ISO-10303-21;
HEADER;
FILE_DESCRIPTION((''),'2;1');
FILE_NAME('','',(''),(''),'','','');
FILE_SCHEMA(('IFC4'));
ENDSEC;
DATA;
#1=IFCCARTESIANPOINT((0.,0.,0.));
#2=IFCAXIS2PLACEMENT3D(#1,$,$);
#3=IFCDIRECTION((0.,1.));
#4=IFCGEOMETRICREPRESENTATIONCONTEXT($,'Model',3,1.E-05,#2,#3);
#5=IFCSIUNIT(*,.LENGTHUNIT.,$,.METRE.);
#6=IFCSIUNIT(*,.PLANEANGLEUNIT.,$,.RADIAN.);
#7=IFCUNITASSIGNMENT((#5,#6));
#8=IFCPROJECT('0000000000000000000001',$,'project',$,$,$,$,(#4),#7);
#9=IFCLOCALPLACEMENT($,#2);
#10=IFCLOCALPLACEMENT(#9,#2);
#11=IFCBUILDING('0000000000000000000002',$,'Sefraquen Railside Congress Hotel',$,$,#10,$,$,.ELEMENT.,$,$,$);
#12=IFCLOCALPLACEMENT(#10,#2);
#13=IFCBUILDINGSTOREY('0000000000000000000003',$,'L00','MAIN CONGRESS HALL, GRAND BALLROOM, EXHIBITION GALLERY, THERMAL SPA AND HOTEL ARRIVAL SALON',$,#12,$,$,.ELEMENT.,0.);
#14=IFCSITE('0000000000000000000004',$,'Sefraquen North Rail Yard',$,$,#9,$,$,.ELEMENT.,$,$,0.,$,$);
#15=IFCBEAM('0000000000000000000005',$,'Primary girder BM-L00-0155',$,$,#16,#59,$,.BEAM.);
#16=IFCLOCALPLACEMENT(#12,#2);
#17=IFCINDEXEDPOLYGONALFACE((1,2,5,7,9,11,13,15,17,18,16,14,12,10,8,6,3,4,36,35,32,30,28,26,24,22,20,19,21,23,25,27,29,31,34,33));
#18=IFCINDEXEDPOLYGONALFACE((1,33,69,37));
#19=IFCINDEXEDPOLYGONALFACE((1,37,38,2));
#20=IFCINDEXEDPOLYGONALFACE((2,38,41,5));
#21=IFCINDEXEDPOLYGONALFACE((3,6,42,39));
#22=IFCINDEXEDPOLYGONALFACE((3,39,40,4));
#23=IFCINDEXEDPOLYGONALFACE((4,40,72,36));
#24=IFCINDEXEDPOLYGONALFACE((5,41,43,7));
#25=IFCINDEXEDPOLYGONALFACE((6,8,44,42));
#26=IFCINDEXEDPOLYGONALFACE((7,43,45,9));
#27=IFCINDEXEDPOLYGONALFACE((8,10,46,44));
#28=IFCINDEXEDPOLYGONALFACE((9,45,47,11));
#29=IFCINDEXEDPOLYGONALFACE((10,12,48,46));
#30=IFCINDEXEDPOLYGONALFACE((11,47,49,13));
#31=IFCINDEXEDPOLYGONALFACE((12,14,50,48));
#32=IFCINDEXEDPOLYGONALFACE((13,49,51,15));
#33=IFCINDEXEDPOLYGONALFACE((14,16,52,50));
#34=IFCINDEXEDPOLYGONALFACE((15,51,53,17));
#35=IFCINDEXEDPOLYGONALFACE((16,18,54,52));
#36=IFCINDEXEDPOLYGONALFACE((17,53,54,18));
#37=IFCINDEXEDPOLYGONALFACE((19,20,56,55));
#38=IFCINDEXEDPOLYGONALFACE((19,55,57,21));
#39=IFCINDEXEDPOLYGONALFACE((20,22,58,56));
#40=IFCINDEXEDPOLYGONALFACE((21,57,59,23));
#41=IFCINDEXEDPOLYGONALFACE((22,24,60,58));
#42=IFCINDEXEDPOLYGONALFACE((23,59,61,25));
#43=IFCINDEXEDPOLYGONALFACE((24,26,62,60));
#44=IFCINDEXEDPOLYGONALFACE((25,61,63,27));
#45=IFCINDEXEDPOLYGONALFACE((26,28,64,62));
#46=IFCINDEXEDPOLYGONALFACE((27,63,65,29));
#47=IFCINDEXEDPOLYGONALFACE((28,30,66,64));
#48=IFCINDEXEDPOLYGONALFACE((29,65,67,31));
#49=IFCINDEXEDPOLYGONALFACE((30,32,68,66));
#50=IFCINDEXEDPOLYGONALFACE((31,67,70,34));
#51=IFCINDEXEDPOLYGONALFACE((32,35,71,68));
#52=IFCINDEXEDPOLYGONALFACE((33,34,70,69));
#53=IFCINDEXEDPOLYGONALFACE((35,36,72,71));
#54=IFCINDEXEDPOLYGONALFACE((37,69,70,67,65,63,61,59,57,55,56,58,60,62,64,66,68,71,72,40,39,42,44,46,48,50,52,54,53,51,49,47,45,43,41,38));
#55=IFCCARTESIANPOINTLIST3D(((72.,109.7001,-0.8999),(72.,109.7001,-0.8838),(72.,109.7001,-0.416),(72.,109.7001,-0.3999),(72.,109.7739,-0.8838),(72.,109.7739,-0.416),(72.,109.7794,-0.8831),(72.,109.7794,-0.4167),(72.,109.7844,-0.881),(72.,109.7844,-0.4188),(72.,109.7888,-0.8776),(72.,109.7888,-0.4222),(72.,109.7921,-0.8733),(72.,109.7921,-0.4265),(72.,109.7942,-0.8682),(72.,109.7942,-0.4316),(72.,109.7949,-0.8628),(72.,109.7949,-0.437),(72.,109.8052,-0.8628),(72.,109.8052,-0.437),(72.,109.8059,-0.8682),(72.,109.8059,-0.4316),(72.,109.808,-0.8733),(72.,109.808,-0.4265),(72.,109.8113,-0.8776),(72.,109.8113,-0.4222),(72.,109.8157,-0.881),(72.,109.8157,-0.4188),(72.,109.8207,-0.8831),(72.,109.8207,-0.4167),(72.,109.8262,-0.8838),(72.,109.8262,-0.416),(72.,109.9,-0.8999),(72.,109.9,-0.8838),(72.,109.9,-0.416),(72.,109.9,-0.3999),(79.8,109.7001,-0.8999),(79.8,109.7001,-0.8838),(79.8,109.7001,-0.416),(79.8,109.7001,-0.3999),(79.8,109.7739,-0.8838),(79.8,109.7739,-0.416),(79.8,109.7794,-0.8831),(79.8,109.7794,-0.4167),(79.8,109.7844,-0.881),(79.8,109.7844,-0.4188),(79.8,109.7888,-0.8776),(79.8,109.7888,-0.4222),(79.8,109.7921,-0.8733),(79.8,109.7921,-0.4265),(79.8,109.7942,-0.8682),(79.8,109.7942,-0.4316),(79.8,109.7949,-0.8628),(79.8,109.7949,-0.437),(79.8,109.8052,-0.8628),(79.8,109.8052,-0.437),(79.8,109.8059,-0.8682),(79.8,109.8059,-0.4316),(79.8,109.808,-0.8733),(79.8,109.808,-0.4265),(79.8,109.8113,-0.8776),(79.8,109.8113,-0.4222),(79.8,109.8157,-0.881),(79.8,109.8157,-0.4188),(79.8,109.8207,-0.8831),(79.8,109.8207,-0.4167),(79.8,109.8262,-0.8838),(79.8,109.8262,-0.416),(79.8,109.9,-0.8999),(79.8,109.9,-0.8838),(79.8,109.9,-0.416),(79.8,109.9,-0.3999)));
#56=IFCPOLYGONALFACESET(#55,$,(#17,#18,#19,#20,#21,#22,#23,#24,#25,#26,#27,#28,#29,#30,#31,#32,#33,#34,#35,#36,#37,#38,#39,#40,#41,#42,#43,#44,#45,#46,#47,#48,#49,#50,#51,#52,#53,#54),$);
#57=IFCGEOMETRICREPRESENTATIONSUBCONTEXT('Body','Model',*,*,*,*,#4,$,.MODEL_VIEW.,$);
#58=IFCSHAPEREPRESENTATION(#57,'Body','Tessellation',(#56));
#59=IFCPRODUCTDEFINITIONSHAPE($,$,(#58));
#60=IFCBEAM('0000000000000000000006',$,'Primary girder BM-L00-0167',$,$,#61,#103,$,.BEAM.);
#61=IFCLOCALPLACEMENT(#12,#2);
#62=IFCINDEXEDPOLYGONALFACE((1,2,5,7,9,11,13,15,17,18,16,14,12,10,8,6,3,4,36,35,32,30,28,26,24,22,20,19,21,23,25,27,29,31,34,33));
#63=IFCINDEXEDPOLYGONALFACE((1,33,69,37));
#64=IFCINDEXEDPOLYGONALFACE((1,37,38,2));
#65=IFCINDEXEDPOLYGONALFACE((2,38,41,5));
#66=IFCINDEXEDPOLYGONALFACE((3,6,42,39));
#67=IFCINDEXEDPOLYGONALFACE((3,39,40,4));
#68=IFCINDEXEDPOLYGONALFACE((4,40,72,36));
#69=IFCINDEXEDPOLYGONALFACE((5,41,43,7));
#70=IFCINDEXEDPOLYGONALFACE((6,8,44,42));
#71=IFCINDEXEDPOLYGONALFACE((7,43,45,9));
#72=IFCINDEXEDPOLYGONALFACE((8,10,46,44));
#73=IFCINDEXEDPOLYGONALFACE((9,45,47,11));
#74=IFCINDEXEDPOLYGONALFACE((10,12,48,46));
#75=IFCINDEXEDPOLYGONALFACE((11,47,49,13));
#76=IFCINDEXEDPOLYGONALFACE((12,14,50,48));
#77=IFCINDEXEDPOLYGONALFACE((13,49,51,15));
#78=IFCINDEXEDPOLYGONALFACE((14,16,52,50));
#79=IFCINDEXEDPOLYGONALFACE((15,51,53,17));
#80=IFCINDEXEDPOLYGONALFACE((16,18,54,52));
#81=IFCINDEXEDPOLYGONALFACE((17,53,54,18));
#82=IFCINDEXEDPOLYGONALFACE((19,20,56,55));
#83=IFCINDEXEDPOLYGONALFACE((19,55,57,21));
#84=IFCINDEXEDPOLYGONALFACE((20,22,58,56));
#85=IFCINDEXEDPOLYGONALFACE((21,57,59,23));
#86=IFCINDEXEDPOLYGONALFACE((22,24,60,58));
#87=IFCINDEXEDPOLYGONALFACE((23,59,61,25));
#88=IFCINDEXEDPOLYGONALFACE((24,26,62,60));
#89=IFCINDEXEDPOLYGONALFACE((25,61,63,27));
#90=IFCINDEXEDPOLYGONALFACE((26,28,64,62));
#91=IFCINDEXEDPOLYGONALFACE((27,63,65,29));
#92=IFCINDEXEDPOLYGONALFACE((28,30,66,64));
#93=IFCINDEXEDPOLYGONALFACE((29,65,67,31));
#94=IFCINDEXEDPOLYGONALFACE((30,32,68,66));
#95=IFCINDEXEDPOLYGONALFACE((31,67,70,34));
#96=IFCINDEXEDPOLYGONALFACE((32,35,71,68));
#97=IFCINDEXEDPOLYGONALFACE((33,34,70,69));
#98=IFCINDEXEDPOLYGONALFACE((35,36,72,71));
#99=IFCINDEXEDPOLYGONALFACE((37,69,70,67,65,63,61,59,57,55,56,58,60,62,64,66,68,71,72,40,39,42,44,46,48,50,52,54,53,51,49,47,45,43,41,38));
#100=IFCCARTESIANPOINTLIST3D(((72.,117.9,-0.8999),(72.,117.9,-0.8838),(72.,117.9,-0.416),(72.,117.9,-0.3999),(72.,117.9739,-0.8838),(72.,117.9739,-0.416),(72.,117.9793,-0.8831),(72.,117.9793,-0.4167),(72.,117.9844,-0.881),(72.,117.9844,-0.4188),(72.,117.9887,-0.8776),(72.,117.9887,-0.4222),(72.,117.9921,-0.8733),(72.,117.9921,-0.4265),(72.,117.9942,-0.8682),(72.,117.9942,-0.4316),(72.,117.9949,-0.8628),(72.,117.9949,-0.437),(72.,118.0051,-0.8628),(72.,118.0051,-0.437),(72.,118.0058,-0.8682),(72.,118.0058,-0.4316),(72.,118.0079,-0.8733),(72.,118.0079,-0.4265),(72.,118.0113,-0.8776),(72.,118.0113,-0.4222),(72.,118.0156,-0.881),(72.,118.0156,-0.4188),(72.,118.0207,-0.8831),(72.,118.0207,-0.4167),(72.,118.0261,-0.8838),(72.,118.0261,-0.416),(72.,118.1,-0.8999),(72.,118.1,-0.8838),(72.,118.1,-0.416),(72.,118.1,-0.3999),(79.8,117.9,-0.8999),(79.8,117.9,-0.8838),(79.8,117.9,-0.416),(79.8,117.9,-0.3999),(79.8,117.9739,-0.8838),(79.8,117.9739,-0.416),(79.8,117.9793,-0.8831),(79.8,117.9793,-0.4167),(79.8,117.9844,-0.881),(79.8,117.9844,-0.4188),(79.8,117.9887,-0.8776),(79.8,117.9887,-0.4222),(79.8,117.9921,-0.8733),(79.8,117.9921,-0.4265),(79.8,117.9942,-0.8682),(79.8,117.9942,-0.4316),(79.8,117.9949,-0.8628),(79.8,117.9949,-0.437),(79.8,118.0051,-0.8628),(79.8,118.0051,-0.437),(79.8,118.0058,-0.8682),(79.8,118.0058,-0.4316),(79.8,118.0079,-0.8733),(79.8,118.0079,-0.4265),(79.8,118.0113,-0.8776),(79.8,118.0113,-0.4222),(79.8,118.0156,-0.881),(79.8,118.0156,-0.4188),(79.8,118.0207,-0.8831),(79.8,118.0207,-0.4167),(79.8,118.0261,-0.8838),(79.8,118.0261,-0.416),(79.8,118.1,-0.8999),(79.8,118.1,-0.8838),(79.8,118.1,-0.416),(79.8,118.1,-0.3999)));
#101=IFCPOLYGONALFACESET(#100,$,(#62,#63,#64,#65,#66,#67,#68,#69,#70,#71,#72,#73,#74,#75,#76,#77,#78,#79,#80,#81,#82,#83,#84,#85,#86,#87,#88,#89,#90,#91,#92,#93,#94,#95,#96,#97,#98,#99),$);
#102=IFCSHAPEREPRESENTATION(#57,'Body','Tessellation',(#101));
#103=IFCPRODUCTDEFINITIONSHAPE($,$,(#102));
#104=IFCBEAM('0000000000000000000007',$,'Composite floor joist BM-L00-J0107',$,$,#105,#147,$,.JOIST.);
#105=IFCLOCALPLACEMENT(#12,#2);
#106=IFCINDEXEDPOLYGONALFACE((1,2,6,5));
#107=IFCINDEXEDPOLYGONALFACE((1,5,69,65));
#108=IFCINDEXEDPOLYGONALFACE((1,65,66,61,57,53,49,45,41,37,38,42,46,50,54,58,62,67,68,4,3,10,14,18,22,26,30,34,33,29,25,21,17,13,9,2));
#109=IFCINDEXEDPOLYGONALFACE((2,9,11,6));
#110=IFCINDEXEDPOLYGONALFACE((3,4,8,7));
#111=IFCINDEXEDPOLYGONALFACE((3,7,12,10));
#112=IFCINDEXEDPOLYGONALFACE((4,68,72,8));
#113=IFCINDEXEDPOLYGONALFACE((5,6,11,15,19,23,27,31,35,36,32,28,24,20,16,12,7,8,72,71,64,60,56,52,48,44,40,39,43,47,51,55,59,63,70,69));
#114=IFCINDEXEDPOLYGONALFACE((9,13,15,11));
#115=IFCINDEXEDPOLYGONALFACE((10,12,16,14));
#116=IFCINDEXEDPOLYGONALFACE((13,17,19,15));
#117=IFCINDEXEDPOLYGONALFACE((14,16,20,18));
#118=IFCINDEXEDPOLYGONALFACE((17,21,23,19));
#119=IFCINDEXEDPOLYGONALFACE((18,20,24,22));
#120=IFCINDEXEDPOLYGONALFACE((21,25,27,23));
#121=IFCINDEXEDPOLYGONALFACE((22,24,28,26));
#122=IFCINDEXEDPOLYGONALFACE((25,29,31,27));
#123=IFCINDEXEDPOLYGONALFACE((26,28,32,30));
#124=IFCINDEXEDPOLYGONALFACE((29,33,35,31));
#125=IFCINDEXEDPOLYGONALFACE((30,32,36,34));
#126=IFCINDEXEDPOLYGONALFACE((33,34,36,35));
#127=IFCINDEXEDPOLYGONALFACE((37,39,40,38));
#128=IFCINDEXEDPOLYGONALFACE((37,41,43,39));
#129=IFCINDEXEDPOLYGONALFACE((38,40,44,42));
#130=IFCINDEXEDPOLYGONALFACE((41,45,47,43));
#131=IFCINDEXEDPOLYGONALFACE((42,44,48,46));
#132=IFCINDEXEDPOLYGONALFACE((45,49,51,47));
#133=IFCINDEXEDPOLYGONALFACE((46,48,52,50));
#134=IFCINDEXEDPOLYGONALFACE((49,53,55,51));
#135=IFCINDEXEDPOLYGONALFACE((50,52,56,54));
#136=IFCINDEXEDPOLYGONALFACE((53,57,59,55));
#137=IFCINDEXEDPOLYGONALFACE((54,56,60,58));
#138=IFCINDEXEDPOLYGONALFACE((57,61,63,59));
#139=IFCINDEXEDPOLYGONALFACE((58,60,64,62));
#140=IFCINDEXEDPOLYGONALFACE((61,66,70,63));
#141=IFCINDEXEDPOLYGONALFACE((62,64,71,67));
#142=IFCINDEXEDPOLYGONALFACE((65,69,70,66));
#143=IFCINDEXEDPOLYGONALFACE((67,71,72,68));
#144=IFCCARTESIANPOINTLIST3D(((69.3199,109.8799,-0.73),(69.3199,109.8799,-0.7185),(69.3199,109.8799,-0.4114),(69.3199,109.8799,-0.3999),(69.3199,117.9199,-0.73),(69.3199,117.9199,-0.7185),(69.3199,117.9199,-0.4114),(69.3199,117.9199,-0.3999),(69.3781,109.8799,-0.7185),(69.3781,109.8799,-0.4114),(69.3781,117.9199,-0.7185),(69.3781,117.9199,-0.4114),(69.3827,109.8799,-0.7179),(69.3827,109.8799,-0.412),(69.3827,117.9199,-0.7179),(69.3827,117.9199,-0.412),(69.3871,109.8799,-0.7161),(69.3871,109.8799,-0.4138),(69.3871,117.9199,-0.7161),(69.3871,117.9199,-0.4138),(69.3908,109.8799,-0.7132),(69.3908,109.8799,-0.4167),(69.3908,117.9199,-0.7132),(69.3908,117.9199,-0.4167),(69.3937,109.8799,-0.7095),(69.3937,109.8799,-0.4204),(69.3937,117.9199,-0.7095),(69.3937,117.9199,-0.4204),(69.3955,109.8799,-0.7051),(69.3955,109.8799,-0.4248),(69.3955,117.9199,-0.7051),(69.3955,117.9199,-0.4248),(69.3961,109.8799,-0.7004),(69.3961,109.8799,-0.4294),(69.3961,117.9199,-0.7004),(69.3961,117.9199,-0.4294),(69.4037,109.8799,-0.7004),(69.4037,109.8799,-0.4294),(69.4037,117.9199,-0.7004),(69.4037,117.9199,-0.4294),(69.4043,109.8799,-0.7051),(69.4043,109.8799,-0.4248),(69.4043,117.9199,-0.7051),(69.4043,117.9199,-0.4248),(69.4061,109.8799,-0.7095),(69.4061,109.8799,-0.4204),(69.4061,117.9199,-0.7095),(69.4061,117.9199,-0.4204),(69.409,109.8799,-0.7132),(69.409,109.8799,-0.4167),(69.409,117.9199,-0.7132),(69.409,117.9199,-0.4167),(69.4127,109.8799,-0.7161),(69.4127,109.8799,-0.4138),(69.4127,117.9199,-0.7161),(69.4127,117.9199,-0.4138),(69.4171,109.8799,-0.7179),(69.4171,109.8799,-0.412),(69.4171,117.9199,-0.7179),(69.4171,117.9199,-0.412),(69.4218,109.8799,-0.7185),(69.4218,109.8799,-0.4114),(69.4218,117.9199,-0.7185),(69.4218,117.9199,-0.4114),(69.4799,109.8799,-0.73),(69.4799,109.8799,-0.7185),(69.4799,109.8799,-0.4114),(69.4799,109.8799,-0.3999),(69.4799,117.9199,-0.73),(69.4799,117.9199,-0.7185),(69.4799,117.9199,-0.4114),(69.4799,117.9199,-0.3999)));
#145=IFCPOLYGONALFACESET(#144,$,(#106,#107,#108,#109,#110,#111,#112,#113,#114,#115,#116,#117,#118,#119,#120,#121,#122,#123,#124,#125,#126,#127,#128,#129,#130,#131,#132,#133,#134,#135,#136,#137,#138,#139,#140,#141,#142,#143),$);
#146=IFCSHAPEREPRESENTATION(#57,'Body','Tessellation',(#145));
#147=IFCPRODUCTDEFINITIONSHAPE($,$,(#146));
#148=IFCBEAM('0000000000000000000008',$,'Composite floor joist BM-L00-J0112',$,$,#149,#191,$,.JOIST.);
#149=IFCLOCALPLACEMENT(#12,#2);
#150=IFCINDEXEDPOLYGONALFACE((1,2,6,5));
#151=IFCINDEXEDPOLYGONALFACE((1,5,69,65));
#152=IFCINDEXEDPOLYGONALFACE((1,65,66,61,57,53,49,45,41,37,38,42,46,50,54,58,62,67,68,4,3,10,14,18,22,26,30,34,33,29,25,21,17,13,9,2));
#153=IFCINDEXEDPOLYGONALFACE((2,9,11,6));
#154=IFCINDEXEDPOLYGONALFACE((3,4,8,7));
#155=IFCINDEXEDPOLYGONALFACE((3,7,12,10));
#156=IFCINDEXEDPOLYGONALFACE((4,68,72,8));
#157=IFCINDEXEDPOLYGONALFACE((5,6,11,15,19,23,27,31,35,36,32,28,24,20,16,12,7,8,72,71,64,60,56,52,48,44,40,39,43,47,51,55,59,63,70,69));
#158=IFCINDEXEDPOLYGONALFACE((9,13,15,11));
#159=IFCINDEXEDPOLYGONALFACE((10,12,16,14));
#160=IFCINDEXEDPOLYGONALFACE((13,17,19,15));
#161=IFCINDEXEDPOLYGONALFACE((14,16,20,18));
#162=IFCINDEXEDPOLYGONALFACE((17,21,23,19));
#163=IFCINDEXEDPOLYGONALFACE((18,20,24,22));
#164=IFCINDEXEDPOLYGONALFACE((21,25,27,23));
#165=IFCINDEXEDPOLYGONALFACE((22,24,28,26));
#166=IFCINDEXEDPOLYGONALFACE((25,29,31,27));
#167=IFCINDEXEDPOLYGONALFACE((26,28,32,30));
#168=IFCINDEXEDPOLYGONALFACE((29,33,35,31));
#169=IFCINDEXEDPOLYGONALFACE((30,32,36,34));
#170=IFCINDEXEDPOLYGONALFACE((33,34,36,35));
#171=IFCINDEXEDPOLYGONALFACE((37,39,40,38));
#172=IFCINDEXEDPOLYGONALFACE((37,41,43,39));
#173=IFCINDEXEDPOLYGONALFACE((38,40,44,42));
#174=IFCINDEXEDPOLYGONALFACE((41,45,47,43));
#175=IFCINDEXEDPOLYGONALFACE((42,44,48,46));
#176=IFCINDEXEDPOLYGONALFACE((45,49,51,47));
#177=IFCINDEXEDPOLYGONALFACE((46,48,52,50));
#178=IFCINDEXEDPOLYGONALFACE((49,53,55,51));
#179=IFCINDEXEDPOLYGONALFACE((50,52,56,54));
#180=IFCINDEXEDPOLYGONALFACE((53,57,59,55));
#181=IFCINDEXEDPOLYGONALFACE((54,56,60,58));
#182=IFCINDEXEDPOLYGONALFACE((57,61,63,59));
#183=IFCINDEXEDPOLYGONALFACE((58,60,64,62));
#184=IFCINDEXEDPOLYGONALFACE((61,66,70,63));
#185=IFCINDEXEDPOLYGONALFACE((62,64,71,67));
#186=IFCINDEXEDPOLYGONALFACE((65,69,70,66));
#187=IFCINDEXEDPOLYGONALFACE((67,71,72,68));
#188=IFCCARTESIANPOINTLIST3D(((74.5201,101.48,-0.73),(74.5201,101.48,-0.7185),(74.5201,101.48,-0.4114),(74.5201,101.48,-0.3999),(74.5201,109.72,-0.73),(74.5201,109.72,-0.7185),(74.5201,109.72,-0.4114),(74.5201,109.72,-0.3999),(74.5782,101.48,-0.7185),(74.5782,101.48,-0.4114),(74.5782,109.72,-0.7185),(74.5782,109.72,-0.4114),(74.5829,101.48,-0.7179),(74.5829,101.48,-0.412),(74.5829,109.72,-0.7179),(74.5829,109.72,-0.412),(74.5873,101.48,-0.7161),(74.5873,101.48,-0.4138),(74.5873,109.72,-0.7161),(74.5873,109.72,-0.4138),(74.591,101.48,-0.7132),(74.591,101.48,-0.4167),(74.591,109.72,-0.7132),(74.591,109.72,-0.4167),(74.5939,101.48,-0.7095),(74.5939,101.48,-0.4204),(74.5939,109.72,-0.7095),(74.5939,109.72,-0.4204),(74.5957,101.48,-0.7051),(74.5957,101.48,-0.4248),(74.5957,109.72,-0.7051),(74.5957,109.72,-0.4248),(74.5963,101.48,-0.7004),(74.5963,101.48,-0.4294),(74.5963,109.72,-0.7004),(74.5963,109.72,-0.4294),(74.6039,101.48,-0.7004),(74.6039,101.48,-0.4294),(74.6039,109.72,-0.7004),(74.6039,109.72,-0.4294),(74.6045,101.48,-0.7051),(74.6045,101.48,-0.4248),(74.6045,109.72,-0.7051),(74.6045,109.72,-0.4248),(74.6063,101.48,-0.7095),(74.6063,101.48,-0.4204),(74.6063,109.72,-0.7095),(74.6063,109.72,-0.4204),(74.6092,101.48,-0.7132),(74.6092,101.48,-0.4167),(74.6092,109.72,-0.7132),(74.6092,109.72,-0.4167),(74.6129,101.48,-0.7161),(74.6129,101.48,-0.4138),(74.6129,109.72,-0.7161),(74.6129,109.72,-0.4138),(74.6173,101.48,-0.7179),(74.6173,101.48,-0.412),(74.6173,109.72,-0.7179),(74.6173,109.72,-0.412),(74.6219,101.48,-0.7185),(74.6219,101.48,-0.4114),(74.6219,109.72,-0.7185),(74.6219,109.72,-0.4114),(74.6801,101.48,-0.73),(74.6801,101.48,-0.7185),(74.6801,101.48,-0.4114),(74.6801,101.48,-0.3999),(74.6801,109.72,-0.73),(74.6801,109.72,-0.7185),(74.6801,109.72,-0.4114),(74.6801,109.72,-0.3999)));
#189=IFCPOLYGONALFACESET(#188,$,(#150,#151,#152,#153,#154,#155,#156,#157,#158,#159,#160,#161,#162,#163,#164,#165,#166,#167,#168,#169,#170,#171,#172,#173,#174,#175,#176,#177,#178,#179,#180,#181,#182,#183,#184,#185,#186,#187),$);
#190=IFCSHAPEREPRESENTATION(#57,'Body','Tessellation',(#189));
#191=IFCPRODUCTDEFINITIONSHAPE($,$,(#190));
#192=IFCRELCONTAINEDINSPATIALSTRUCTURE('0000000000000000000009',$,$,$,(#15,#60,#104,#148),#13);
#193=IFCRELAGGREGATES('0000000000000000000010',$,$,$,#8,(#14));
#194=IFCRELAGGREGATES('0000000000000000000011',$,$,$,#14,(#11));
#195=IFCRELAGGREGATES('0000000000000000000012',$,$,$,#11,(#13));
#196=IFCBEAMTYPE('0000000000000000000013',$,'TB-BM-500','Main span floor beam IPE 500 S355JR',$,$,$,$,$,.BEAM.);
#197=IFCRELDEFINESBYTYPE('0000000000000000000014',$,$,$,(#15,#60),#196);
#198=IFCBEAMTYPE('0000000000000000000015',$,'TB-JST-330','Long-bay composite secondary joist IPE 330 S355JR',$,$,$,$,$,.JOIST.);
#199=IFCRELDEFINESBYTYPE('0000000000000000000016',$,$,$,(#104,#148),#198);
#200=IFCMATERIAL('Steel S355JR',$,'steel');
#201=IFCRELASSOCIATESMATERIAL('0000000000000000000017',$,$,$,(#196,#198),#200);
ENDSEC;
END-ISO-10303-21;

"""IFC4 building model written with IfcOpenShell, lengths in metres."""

from ifc_helpers import new_model, si_unit, direction, frame, origin, origin_2d, place, context, subcontext, project, spatial, i_section, extrude, material, material_profile, profile_set, type_object, element, save


model = new_model("IFC4")

# Units and contexts
model_context = context("Model", 3, precision=1e-05, world=origin(), true_north=direction((0.0, 1.0)))
body_context = subcontext(model_context, "Body", "Model", "MODEL_VIEW")
ifc_project = project(units=[si_unit("LENGTHUNIT", "METRE"), si_unit("PLANEANGLEUNIT", "RADIAN")], contexts=[model_context])

# Site, building, storey
site_placement = place(None, origin())
site = spatial("IfcSite", under=ifc_project, at=site_placement, Name="Sefraquen North Rail Yard", CompositionType="ELEMENT", RefElevation=0.0)
building_placement = place(site_placement, origin())
building = spatial("IfcBuilding", under=site, at=building_placement, Name="Sefraquen Railside Congress Hotel", CompositionType="ELEMENT")
storey_placement = place(building_placement, origin())
storey = spatial("IfcBuildingStorey", under=building, at=storey_placement, Name="L00", Description="MAIN CONGRESS HALL, GRAND BALLROOM, EXHIBITION GALLERY, THERMAL SPA AND HOTEL ARRIVAL SALON", CompositionType="ELEMENT", Elevation=0.0)

# Shared definitions
ifc_material_1 = material(Name="Steel S355JR", Category="steel")

# Beams
ifc_material_profile_1 = material_profile(ifc_material_1, i_section(OverallWidth=0.2, OverallDepth=0.5, WebThickness=0.0103, FlangeThickness=0.0161, FilletRadius=0.021, at=origin_2d()), Name="IPE 500")
ifc_profile_set_1 = profile_set([ifc_material_profile_1], Name="Steel S355JR")
beam_type_1 = type_object("IfcBeamType", Name="TB-BM-500", Description="Main span floor beam IPE 500 S355JR", PredefinedType="BEAM", material=ifc_profile_set_1)
for number, where, z_axis, x_axis, name in (
    (1, (72.0, 109.8, -0.6499), (1.0, 0.0, 0.0), (0.0, 1.0, 0.0), "Primary girder BM-L00-0155"),
    (2, (72.0, 118.0, -0.6499), (1.0, 0.0, 0.0), (0.0, 1.0, 0.0), "Primary girder BM-L00-0167"),
):
    element("IfcBeam", number, at=place(storey_placement, frame(where, z_axis=z_axis, x_axis=x_axis)), inside=storey, type_object=beam_type_1, Name=name, PredefinedType="BEAM", context=body_context, shape_type="SweptSolid", body=[
        extrude(i_section(OverallWidth=0.2, OverallDepth=0.5, WebThickness=0.0103, FlangeThickness=0.0161, FilletRadius=0.021, at=origin_2d()), origin(), (0.0, 0.0, 1.0), 7.8),
    ])
ifc_material_profile_2 = material_profile(ifc_material_1, i_section(OverallWidth=0.1599, OverallDepth=0.3301, WebThickness=0.0076, FlangeThickness=0.0115, FilletRadius=0.0181, at=origin_2d()), Name="IPE 330")
ifc_profile_set_2 = profile_set([ifc_material_profile_2], Name="Steel S355JR")
beam_type_2 = type_object("IfcBeamType", Name="TB-JST-330", Description="Long-bay composite secondary joist IPE 330 S355JR", PredefinedType="JOIST", material=ifc_profile_set_2)
beam_1_placement = place(storey_placement, frame((69.3999, 109.8799, -0.5649), z_axis=(0.0, 1.0, 0.0), x_axis=(-1.0, 0.0, 0.0)))
element("IfcBeam", 3, at=beam_1_placement, inside=storey, type_object=beam_type_2, Name="Composite floor joist BM-L00-J0107", PredefinedType="JOIST", context=body_context, shape_type="SweptSolid", body=[
    extrude(i_section(OverallWidth=0.1599, OverallDepth=0.3301, WebThickness=0.0076, FlangeThickness=0.0115, FilletRadius=0.0181, at=origin_2d()), origin(), (0.0, 0.0, 1.0), 8.04),
])
for number, where, z_axis, x_axis, name in (
    (4, (74.6001, 101.48, -0.5649), (0.0, 1.0, 0.0), (-1.0, 0.0, 0.0), "Composite floor joist BM-L00-J0112"),
):
    element("IfcBeam", number, at=place(storey_placement, frame(where, z_axis=z_axis, x_axis=x_axis)), inside=storey, type_object=beam_type_2, Name=name, PredefinedType="JOIST", context=body_context, shape_type="SweptSolid", body=[
        extrude(i_section(OverallWidth=0.1599, OverallDepth=0.3301, WebThickness=0.0076, FlangeThickness=0.0115, FilletRadius=0.0181, at=origin_2d()), origin(), (0.0, 0.0, 1.0), 8.24),
    ])

save(model, "model.ifc")
